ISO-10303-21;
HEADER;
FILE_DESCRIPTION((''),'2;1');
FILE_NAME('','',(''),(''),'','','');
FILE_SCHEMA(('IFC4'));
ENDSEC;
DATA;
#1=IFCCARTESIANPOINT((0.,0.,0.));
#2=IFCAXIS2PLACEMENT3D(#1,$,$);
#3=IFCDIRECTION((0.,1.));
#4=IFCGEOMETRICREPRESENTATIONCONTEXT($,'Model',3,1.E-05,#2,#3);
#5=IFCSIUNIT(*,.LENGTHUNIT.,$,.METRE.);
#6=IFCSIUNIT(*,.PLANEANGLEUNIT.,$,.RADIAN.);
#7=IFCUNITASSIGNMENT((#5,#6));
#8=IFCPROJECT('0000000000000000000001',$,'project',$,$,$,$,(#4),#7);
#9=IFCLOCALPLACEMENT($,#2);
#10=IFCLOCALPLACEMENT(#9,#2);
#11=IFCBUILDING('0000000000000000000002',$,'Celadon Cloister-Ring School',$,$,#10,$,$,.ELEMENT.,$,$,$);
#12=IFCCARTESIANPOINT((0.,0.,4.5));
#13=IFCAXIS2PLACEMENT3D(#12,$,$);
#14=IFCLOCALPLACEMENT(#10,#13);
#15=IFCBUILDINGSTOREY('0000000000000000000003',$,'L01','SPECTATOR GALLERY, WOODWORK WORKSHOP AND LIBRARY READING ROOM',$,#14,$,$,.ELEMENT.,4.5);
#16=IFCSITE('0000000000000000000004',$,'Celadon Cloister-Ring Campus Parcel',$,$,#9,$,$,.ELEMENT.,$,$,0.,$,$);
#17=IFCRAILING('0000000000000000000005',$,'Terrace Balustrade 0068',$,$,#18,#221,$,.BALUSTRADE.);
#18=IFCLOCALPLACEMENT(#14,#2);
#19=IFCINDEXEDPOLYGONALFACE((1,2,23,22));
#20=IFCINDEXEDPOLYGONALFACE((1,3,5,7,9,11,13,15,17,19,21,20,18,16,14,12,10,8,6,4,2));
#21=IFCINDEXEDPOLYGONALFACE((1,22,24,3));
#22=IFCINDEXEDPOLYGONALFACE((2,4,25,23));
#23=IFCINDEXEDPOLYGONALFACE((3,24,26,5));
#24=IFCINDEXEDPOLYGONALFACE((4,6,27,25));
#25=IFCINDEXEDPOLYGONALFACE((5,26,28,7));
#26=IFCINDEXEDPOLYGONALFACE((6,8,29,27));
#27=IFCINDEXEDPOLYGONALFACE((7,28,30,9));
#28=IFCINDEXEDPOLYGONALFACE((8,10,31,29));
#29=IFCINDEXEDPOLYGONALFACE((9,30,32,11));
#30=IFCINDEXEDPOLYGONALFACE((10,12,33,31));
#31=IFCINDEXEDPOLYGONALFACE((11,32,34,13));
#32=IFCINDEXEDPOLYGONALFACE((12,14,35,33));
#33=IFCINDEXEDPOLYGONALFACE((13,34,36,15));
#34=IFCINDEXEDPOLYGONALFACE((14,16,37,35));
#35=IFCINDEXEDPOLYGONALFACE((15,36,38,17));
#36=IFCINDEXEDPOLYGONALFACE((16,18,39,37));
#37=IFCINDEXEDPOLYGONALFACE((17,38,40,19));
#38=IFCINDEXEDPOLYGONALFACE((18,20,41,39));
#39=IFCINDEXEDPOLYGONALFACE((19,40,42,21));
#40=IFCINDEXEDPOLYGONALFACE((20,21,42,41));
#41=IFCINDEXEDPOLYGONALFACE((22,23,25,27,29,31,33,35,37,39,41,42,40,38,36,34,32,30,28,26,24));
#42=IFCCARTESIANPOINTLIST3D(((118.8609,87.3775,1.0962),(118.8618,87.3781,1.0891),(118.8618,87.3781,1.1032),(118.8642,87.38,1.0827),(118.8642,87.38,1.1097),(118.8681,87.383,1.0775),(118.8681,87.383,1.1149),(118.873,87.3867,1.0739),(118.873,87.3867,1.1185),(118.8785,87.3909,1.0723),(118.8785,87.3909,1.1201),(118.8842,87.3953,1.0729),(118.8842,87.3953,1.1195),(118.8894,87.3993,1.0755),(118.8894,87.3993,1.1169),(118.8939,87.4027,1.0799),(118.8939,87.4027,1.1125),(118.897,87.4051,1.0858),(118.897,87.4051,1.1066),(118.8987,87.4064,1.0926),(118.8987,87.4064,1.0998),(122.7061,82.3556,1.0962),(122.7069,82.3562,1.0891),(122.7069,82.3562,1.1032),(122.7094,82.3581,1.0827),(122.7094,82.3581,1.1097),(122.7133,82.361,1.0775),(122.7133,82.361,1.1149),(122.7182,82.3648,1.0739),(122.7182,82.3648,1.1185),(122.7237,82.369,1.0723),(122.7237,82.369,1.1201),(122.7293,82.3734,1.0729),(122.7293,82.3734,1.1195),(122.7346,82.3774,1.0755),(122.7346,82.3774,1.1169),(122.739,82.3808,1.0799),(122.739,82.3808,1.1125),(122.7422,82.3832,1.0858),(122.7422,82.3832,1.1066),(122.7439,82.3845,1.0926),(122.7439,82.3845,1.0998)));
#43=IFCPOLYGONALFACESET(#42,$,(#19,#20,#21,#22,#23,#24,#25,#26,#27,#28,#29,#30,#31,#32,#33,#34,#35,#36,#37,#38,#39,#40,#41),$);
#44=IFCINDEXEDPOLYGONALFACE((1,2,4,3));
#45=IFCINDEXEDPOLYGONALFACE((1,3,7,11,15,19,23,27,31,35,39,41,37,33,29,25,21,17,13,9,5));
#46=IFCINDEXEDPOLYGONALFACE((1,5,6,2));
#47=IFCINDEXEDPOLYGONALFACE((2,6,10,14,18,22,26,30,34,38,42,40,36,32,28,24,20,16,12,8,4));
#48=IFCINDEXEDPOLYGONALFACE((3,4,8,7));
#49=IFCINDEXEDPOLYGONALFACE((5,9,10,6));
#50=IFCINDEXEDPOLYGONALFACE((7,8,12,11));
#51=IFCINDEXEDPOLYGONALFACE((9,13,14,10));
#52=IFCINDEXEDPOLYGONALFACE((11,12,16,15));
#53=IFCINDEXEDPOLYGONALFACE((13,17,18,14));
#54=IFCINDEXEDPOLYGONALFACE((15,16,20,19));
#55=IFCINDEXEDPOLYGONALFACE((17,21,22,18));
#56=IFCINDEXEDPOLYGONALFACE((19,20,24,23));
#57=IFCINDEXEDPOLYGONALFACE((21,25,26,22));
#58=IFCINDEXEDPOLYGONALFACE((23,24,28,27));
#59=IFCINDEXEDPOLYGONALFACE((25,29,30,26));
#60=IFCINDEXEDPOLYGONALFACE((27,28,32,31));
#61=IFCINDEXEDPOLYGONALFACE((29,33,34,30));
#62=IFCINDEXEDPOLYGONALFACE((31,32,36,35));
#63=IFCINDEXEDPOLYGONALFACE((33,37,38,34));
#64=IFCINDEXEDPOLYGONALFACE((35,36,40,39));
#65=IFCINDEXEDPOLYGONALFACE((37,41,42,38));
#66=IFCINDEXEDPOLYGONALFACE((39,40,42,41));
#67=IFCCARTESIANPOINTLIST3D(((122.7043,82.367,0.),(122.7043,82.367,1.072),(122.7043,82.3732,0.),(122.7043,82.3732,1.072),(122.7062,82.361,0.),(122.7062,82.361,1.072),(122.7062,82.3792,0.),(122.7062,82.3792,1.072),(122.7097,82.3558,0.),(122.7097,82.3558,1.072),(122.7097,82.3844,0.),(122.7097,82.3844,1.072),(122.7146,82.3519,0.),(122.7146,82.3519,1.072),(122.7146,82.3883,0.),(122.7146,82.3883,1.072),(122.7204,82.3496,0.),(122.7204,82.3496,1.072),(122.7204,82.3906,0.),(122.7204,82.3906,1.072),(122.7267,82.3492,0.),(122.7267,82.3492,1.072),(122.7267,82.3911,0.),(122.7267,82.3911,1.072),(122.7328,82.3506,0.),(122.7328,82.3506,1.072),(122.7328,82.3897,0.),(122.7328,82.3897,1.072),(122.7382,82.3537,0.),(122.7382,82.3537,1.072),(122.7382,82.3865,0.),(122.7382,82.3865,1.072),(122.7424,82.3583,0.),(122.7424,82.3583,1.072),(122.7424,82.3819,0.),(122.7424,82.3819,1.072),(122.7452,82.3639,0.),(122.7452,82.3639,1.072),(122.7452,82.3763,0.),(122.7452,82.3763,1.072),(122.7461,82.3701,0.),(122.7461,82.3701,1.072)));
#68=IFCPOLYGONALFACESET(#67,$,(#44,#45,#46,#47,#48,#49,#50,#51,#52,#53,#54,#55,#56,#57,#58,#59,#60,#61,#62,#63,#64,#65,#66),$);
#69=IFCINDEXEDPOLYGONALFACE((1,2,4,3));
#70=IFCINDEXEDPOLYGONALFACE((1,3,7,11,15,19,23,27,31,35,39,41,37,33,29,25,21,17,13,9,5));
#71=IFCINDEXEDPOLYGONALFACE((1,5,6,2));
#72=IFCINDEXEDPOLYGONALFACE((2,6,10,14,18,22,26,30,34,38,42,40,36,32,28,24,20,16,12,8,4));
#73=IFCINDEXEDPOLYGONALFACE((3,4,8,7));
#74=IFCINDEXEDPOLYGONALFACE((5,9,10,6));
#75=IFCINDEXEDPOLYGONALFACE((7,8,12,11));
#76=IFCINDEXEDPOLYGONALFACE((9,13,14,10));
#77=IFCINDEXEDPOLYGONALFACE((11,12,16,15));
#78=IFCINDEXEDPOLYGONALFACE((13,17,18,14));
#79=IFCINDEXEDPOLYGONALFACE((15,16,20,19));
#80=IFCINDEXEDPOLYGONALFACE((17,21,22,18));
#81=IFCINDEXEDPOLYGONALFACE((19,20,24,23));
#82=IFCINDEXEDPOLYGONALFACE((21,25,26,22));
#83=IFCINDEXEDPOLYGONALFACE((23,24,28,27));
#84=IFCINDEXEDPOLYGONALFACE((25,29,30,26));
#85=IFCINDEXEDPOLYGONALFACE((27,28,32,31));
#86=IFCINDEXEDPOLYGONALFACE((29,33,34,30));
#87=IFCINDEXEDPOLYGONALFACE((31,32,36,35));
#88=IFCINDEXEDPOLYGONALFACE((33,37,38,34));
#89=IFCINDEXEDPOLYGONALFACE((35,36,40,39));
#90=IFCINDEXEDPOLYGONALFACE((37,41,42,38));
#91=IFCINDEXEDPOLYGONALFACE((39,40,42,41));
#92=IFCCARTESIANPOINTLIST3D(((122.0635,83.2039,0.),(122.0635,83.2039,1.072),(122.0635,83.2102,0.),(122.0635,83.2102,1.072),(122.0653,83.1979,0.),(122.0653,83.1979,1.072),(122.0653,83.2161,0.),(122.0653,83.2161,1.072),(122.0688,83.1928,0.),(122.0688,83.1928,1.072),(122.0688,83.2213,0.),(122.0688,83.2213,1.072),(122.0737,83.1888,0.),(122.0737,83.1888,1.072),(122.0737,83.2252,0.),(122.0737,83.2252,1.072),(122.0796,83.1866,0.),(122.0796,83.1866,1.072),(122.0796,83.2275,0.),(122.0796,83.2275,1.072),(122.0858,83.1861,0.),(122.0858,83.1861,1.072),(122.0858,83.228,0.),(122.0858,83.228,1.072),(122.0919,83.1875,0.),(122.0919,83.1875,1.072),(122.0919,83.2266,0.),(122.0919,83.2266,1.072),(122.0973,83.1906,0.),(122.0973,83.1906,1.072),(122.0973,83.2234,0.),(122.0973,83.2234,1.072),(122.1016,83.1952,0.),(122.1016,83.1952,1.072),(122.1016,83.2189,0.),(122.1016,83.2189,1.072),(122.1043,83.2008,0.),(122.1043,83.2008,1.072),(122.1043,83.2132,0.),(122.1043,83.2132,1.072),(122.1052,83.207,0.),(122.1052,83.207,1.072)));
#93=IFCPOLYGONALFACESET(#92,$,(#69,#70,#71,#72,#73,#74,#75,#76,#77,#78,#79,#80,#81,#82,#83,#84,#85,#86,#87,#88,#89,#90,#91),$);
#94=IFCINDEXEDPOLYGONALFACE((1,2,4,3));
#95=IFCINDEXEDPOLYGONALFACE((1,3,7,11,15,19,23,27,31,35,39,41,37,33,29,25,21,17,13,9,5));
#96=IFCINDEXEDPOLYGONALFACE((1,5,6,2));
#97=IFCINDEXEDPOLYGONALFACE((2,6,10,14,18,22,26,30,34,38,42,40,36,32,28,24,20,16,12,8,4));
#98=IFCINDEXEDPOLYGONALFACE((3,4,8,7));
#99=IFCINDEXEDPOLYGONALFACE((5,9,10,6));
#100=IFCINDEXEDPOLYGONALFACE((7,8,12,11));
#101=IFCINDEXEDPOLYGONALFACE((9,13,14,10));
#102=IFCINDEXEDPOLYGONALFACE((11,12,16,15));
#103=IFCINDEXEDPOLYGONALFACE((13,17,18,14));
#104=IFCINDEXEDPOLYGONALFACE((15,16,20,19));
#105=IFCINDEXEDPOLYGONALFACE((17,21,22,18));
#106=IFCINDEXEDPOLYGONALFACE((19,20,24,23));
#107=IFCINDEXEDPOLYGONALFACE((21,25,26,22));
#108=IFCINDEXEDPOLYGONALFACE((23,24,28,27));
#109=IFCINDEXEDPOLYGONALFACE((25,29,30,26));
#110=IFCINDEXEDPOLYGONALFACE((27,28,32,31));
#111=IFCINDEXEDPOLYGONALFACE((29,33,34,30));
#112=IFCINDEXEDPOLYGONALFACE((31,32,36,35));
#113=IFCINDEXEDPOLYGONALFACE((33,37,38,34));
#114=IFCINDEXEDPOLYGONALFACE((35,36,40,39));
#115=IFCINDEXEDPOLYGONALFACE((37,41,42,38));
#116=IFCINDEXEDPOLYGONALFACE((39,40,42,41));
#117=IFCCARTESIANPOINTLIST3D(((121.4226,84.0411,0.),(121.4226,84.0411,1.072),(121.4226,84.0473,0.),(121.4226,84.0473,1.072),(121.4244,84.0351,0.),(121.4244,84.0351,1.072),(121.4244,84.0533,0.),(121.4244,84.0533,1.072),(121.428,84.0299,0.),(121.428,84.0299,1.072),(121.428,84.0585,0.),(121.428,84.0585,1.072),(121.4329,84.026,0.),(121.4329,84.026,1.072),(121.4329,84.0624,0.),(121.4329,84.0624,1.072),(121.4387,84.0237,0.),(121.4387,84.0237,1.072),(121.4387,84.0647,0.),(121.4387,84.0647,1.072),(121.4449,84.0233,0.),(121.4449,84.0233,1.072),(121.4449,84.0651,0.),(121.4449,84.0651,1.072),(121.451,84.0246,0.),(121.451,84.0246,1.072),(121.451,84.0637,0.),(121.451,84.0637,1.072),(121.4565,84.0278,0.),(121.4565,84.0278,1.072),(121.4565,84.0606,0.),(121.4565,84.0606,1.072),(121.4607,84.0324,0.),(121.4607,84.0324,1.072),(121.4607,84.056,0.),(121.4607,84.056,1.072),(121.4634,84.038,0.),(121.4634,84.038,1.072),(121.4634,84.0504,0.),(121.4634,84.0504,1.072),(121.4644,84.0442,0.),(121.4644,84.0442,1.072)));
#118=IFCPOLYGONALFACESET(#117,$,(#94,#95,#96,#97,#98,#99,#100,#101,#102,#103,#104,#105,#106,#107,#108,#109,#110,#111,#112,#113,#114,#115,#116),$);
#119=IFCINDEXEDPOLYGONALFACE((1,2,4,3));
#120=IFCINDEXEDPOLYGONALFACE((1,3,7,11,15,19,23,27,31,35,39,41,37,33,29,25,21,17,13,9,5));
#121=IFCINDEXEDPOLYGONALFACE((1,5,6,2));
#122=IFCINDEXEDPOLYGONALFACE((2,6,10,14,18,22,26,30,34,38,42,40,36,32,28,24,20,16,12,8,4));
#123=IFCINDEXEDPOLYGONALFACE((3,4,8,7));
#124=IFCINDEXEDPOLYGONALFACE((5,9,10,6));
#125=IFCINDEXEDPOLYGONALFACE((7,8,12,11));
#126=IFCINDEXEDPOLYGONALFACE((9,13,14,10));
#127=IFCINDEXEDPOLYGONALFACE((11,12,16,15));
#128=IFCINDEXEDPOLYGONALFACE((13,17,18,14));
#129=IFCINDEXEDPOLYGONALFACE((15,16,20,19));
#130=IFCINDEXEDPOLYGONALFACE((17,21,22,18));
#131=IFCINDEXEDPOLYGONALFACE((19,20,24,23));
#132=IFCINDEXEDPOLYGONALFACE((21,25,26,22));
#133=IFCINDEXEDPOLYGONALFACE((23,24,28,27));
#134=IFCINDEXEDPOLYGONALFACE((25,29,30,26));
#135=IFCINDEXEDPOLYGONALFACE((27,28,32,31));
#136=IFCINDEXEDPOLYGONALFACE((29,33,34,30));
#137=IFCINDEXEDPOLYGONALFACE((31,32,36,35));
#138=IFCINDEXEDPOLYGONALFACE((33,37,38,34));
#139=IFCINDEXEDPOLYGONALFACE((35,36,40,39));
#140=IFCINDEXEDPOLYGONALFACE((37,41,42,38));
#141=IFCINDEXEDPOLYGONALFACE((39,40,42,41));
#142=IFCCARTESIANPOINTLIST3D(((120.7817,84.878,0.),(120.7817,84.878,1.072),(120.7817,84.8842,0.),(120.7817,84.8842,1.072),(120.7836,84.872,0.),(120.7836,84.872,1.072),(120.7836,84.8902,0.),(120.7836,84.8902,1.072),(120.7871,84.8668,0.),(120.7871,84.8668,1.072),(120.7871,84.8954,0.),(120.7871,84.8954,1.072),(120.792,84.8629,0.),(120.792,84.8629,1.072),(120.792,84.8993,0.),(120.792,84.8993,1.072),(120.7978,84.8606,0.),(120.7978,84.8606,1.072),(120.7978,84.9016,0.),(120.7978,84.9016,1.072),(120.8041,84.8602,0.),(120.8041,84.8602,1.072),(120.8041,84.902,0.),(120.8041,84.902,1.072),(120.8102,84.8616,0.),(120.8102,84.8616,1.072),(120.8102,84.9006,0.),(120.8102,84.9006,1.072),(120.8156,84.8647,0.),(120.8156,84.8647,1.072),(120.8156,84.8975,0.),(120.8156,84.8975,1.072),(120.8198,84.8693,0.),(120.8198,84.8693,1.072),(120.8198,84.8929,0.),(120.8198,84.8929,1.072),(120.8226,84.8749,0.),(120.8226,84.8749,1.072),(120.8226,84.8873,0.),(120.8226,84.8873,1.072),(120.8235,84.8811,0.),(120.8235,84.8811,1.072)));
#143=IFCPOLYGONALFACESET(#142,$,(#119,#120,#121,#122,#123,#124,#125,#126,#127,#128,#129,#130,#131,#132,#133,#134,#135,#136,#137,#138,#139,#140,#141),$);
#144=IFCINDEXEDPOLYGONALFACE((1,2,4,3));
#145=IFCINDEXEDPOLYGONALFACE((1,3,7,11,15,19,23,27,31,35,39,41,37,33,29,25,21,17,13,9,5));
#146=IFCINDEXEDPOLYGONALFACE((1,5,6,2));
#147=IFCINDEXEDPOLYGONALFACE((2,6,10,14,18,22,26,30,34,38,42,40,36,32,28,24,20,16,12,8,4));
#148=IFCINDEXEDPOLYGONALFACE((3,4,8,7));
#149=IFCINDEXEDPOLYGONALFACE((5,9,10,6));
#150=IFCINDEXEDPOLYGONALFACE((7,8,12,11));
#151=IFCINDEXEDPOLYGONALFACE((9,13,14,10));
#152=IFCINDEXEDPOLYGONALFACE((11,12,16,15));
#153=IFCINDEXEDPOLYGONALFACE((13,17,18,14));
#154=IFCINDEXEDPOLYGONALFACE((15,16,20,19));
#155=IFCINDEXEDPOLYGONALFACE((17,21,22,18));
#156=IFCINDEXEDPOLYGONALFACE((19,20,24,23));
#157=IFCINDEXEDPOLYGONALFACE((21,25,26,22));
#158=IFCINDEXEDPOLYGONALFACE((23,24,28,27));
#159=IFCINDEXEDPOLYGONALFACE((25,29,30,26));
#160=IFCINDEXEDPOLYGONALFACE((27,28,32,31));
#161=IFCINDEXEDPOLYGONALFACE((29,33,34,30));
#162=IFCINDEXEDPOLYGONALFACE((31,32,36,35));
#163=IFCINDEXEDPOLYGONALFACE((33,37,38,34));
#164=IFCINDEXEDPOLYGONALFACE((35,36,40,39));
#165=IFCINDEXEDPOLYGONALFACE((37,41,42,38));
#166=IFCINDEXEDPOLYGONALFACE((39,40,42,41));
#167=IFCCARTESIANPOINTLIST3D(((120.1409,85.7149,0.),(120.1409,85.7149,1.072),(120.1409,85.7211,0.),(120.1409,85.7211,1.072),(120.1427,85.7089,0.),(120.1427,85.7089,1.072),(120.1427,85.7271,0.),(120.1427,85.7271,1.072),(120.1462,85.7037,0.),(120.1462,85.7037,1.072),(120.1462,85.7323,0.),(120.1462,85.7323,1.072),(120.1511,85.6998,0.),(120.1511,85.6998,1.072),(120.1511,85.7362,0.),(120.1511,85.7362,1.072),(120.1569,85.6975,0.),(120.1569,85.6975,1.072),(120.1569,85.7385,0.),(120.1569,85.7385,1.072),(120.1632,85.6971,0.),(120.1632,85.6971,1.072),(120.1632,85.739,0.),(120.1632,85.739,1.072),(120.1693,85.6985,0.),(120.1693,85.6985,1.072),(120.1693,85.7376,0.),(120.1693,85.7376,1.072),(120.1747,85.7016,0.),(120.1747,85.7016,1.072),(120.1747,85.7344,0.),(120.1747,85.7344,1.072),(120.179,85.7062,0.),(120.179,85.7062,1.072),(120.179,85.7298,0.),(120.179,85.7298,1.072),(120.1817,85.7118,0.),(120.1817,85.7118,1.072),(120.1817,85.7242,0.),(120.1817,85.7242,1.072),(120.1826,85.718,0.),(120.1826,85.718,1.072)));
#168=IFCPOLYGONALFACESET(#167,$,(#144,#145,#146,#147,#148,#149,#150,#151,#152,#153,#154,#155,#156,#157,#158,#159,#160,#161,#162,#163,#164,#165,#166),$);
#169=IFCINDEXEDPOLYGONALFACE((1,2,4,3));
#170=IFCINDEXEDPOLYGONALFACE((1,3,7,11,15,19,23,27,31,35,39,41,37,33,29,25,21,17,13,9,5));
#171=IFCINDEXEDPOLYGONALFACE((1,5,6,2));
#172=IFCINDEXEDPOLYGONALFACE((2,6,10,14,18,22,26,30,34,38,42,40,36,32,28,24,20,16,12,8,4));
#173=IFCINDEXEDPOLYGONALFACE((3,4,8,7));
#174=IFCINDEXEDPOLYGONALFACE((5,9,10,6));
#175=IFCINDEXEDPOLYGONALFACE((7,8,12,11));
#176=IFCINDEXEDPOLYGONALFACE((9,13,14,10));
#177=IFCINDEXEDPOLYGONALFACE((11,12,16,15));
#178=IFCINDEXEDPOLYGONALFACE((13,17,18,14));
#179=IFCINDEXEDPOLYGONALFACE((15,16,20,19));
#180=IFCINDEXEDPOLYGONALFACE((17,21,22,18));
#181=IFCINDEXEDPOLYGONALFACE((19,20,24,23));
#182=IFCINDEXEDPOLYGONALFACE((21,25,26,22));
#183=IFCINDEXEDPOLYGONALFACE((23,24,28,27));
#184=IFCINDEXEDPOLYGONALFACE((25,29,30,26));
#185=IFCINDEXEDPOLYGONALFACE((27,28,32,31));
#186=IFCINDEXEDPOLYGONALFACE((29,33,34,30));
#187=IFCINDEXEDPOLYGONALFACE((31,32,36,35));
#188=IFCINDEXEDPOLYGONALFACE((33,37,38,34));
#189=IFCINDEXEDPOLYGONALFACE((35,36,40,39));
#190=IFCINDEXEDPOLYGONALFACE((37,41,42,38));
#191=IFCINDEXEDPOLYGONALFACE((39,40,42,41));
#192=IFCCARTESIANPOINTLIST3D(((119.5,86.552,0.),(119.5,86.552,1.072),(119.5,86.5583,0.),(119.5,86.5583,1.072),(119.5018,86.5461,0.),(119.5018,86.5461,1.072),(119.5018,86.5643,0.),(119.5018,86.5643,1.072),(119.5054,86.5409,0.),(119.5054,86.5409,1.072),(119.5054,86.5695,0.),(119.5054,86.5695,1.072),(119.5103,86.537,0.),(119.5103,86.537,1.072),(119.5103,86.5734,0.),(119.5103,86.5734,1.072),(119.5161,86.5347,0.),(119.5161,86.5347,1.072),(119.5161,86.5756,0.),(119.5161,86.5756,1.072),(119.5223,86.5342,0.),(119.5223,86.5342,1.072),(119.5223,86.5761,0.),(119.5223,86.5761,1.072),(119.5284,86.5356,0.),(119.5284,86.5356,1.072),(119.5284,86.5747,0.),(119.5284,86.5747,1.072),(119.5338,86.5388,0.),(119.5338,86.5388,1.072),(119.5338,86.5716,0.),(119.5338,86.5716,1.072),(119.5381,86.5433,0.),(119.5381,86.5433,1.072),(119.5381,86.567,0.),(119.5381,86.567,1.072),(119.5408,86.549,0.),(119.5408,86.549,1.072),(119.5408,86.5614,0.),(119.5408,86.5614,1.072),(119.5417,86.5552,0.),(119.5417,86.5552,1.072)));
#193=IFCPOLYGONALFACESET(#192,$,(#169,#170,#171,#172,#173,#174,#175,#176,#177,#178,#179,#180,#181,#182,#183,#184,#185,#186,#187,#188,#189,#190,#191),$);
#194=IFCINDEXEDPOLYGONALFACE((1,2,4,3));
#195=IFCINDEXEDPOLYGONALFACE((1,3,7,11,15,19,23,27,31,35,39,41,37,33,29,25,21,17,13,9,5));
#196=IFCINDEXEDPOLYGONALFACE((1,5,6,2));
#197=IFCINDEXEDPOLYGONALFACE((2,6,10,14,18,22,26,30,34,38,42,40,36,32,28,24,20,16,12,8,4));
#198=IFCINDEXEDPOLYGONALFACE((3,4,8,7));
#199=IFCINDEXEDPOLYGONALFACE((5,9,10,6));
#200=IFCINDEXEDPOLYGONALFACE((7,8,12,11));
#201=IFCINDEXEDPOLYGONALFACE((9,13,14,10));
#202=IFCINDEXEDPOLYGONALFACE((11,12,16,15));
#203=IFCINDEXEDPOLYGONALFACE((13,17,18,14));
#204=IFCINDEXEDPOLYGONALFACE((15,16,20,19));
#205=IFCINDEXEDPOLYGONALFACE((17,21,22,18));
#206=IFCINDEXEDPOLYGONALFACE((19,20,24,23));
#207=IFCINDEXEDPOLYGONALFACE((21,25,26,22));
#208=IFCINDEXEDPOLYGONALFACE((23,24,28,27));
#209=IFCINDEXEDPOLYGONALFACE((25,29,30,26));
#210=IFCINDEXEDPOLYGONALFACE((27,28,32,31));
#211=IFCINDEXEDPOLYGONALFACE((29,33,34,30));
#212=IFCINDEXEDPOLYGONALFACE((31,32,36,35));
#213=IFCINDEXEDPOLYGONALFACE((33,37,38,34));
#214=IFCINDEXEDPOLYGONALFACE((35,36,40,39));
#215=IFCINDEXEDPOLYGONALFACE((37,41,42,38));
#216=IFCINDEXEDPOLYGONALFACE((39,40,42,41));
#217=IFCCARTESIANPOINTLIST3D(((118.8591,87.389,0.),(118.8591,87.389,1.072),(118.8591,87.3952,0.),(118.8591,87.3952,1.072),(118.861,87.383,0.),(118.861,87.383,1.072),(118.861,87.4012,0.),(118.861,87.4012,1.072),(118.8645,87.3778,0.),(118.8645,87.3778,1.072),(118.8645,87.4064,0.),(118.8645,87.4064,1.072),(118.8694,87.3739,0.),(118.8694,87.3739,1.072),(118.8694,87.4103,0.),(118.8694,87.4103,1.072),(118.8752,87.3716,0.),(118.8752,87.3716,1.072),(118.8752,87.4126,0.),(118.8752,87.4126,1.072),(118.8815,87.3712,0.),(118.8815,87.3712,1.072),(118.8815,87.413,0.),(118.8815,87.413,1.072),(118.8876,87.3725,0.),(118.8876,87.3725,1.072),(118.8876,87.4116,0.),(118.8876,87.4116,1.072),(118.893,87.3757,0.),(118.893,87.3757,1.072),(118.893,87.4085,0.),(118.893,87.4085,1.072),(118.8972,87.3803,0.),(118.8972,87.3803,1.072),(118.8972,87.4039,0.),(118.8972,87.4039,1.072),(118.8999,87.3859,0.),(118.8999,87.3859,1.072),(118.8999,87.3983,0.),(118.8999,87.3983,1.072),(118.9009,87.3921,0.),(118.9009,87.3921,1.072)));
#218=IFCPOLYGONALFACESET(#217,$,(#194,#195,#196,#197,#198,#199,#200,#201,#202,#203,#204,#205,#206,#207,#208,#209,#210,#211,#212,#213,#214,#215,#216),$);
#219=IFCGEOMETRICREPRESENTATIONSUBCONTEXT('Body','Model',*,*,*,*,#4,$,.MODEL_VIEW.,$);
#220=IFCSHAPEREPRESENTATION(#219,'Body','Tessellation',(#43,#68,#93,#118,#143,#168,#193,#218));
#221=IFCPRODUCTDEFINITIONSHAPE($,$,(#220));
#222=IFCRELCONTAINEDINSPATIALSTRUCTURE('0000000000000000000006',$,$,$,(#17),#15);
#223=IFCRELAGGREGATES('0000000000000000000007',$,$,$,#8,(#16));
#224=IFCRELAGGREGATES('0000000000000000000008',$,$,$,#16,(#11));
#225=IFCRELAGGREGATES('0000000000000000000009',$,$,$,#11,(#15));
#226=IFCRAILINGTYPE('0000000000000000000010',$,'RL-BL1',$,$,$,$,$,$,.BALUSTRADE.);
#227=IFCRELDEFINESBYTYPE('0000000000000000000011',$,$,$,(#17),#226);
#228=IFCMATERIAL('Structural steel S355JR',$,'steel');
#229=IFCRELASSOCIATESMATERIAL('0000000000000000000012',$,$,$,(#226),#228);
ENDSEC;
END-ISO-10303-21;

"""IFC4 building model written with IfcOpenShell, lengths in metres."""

from ifc_helpers import new_model, si_unit, direction, frame, origin, origin_2d, place, context, subcontext, project, spatial, circle, extrude, material, type_object, element, save


model = new_model("IFC4")

# Units and contexts
model_context = context("Model", 3, precision=1e-05, world=origin(), true_north=direction((0.0, 1.0)))
body_context = subcontext(model_context, "Body", "Model", "MODEL_VIEW")
ifc_project = project(units=[si_unit("LENGTHUNIT", "METRE"), si_unit("PLANEANGLEUNIT", "RADIAN")], contexts=[model_context])

# Site, building, storey
site_placement = place(None, origin())
site = spatial("IfcSite", under=ifc_project, at=site_placement, Name="Celadon Cloister-Ring Campus Parcel", CompositionType="ELEMENT", RefElevation=0.0)
building_placement = place(site_placement, origin())
building = spatial("IfcBuilding", under=site, at=building_placement, Name="Celadon Cloister-Ring School", CompositionType="ELEMENT")
storey_placement = place(building_placement, frame((0.0, 0.0, 4.5)))
storey = spatial("IfcBuildingStorey", under=building, at=storey_placement, Name="L01", Description="SPECTATOR GALLERY, WOODWORK WORKSHOP AND LIBRARY READING ROOM", CompositionType="ELEMENT", Elevation=4.5)

# Railing
ifc_material_1 = material(Name="Structural steel S355JR", Category="steel")
railing_type = type_object("IfcRailingType", Name="RL-BL1", PredefinedType="BALUSTRADE", material=ifc_material_1)
railing_placement = place(storey_placement, frame((122.7251, 82.3701, 0.0)))
element("IfcRailing", 1, at=railing_placement, inside=storey, type_object=railing_type, Name="Terrace Balustrade 0068", PredefinedType="BALUSTRADE", context=body_context, shape_type="SweptSolid", body=[
    extrude(circle(Radius=0.0239, at=origin_2d()), frame((0.0, 0.0, 1.0962), z_axis=(-0.607937, 0.793985, 0.0), x_axis=(-0.793985, -0.607937, 0.0)), (0.0, 0.0, 1.0), 6.325),
    extrude(circle(Radius=0.021, at=origin_2d()), origin(), (0.0, 0.0, 1.0), 1.072),
    extrude(circle(Radius=0.021, at=origin_2d()), frame((-0.6409, 0.8369, 0.0)), (0.0, 0.0, 1.0), 1.072),
    extrude(circle(Radius=0.021, at=origin_2d()), frame((-1.2817, 1.6741, 0.0)), (0.0, 0.0, 1.0), 1.072),
    extrude(circle(Radius=0.021, at=origin_2d()), frame((-1.9226, 2.511, 0.0)), (0.0, 0.0, 1.0), 1.072),
    extrude(circle(Radius=0.021, at=origin_2d()), frame((-2.5635, 3.3479, 0.0)), (0.0, 0.0, 1.0), 1.072),
    extrude(circle(Radius=0.021, at=origin_2d()), frame((-3.2043, 4.1851, 0.0)), (0.0, 0.0, 1.0), 1.072),
    extrude(circle(Radius=0.021, at=origin_2d()), frame((-3.8452, 5.022, 0.0)), (0.0, 0.0, 1.0), 1.072),
])

save(model, "model.ifc")
